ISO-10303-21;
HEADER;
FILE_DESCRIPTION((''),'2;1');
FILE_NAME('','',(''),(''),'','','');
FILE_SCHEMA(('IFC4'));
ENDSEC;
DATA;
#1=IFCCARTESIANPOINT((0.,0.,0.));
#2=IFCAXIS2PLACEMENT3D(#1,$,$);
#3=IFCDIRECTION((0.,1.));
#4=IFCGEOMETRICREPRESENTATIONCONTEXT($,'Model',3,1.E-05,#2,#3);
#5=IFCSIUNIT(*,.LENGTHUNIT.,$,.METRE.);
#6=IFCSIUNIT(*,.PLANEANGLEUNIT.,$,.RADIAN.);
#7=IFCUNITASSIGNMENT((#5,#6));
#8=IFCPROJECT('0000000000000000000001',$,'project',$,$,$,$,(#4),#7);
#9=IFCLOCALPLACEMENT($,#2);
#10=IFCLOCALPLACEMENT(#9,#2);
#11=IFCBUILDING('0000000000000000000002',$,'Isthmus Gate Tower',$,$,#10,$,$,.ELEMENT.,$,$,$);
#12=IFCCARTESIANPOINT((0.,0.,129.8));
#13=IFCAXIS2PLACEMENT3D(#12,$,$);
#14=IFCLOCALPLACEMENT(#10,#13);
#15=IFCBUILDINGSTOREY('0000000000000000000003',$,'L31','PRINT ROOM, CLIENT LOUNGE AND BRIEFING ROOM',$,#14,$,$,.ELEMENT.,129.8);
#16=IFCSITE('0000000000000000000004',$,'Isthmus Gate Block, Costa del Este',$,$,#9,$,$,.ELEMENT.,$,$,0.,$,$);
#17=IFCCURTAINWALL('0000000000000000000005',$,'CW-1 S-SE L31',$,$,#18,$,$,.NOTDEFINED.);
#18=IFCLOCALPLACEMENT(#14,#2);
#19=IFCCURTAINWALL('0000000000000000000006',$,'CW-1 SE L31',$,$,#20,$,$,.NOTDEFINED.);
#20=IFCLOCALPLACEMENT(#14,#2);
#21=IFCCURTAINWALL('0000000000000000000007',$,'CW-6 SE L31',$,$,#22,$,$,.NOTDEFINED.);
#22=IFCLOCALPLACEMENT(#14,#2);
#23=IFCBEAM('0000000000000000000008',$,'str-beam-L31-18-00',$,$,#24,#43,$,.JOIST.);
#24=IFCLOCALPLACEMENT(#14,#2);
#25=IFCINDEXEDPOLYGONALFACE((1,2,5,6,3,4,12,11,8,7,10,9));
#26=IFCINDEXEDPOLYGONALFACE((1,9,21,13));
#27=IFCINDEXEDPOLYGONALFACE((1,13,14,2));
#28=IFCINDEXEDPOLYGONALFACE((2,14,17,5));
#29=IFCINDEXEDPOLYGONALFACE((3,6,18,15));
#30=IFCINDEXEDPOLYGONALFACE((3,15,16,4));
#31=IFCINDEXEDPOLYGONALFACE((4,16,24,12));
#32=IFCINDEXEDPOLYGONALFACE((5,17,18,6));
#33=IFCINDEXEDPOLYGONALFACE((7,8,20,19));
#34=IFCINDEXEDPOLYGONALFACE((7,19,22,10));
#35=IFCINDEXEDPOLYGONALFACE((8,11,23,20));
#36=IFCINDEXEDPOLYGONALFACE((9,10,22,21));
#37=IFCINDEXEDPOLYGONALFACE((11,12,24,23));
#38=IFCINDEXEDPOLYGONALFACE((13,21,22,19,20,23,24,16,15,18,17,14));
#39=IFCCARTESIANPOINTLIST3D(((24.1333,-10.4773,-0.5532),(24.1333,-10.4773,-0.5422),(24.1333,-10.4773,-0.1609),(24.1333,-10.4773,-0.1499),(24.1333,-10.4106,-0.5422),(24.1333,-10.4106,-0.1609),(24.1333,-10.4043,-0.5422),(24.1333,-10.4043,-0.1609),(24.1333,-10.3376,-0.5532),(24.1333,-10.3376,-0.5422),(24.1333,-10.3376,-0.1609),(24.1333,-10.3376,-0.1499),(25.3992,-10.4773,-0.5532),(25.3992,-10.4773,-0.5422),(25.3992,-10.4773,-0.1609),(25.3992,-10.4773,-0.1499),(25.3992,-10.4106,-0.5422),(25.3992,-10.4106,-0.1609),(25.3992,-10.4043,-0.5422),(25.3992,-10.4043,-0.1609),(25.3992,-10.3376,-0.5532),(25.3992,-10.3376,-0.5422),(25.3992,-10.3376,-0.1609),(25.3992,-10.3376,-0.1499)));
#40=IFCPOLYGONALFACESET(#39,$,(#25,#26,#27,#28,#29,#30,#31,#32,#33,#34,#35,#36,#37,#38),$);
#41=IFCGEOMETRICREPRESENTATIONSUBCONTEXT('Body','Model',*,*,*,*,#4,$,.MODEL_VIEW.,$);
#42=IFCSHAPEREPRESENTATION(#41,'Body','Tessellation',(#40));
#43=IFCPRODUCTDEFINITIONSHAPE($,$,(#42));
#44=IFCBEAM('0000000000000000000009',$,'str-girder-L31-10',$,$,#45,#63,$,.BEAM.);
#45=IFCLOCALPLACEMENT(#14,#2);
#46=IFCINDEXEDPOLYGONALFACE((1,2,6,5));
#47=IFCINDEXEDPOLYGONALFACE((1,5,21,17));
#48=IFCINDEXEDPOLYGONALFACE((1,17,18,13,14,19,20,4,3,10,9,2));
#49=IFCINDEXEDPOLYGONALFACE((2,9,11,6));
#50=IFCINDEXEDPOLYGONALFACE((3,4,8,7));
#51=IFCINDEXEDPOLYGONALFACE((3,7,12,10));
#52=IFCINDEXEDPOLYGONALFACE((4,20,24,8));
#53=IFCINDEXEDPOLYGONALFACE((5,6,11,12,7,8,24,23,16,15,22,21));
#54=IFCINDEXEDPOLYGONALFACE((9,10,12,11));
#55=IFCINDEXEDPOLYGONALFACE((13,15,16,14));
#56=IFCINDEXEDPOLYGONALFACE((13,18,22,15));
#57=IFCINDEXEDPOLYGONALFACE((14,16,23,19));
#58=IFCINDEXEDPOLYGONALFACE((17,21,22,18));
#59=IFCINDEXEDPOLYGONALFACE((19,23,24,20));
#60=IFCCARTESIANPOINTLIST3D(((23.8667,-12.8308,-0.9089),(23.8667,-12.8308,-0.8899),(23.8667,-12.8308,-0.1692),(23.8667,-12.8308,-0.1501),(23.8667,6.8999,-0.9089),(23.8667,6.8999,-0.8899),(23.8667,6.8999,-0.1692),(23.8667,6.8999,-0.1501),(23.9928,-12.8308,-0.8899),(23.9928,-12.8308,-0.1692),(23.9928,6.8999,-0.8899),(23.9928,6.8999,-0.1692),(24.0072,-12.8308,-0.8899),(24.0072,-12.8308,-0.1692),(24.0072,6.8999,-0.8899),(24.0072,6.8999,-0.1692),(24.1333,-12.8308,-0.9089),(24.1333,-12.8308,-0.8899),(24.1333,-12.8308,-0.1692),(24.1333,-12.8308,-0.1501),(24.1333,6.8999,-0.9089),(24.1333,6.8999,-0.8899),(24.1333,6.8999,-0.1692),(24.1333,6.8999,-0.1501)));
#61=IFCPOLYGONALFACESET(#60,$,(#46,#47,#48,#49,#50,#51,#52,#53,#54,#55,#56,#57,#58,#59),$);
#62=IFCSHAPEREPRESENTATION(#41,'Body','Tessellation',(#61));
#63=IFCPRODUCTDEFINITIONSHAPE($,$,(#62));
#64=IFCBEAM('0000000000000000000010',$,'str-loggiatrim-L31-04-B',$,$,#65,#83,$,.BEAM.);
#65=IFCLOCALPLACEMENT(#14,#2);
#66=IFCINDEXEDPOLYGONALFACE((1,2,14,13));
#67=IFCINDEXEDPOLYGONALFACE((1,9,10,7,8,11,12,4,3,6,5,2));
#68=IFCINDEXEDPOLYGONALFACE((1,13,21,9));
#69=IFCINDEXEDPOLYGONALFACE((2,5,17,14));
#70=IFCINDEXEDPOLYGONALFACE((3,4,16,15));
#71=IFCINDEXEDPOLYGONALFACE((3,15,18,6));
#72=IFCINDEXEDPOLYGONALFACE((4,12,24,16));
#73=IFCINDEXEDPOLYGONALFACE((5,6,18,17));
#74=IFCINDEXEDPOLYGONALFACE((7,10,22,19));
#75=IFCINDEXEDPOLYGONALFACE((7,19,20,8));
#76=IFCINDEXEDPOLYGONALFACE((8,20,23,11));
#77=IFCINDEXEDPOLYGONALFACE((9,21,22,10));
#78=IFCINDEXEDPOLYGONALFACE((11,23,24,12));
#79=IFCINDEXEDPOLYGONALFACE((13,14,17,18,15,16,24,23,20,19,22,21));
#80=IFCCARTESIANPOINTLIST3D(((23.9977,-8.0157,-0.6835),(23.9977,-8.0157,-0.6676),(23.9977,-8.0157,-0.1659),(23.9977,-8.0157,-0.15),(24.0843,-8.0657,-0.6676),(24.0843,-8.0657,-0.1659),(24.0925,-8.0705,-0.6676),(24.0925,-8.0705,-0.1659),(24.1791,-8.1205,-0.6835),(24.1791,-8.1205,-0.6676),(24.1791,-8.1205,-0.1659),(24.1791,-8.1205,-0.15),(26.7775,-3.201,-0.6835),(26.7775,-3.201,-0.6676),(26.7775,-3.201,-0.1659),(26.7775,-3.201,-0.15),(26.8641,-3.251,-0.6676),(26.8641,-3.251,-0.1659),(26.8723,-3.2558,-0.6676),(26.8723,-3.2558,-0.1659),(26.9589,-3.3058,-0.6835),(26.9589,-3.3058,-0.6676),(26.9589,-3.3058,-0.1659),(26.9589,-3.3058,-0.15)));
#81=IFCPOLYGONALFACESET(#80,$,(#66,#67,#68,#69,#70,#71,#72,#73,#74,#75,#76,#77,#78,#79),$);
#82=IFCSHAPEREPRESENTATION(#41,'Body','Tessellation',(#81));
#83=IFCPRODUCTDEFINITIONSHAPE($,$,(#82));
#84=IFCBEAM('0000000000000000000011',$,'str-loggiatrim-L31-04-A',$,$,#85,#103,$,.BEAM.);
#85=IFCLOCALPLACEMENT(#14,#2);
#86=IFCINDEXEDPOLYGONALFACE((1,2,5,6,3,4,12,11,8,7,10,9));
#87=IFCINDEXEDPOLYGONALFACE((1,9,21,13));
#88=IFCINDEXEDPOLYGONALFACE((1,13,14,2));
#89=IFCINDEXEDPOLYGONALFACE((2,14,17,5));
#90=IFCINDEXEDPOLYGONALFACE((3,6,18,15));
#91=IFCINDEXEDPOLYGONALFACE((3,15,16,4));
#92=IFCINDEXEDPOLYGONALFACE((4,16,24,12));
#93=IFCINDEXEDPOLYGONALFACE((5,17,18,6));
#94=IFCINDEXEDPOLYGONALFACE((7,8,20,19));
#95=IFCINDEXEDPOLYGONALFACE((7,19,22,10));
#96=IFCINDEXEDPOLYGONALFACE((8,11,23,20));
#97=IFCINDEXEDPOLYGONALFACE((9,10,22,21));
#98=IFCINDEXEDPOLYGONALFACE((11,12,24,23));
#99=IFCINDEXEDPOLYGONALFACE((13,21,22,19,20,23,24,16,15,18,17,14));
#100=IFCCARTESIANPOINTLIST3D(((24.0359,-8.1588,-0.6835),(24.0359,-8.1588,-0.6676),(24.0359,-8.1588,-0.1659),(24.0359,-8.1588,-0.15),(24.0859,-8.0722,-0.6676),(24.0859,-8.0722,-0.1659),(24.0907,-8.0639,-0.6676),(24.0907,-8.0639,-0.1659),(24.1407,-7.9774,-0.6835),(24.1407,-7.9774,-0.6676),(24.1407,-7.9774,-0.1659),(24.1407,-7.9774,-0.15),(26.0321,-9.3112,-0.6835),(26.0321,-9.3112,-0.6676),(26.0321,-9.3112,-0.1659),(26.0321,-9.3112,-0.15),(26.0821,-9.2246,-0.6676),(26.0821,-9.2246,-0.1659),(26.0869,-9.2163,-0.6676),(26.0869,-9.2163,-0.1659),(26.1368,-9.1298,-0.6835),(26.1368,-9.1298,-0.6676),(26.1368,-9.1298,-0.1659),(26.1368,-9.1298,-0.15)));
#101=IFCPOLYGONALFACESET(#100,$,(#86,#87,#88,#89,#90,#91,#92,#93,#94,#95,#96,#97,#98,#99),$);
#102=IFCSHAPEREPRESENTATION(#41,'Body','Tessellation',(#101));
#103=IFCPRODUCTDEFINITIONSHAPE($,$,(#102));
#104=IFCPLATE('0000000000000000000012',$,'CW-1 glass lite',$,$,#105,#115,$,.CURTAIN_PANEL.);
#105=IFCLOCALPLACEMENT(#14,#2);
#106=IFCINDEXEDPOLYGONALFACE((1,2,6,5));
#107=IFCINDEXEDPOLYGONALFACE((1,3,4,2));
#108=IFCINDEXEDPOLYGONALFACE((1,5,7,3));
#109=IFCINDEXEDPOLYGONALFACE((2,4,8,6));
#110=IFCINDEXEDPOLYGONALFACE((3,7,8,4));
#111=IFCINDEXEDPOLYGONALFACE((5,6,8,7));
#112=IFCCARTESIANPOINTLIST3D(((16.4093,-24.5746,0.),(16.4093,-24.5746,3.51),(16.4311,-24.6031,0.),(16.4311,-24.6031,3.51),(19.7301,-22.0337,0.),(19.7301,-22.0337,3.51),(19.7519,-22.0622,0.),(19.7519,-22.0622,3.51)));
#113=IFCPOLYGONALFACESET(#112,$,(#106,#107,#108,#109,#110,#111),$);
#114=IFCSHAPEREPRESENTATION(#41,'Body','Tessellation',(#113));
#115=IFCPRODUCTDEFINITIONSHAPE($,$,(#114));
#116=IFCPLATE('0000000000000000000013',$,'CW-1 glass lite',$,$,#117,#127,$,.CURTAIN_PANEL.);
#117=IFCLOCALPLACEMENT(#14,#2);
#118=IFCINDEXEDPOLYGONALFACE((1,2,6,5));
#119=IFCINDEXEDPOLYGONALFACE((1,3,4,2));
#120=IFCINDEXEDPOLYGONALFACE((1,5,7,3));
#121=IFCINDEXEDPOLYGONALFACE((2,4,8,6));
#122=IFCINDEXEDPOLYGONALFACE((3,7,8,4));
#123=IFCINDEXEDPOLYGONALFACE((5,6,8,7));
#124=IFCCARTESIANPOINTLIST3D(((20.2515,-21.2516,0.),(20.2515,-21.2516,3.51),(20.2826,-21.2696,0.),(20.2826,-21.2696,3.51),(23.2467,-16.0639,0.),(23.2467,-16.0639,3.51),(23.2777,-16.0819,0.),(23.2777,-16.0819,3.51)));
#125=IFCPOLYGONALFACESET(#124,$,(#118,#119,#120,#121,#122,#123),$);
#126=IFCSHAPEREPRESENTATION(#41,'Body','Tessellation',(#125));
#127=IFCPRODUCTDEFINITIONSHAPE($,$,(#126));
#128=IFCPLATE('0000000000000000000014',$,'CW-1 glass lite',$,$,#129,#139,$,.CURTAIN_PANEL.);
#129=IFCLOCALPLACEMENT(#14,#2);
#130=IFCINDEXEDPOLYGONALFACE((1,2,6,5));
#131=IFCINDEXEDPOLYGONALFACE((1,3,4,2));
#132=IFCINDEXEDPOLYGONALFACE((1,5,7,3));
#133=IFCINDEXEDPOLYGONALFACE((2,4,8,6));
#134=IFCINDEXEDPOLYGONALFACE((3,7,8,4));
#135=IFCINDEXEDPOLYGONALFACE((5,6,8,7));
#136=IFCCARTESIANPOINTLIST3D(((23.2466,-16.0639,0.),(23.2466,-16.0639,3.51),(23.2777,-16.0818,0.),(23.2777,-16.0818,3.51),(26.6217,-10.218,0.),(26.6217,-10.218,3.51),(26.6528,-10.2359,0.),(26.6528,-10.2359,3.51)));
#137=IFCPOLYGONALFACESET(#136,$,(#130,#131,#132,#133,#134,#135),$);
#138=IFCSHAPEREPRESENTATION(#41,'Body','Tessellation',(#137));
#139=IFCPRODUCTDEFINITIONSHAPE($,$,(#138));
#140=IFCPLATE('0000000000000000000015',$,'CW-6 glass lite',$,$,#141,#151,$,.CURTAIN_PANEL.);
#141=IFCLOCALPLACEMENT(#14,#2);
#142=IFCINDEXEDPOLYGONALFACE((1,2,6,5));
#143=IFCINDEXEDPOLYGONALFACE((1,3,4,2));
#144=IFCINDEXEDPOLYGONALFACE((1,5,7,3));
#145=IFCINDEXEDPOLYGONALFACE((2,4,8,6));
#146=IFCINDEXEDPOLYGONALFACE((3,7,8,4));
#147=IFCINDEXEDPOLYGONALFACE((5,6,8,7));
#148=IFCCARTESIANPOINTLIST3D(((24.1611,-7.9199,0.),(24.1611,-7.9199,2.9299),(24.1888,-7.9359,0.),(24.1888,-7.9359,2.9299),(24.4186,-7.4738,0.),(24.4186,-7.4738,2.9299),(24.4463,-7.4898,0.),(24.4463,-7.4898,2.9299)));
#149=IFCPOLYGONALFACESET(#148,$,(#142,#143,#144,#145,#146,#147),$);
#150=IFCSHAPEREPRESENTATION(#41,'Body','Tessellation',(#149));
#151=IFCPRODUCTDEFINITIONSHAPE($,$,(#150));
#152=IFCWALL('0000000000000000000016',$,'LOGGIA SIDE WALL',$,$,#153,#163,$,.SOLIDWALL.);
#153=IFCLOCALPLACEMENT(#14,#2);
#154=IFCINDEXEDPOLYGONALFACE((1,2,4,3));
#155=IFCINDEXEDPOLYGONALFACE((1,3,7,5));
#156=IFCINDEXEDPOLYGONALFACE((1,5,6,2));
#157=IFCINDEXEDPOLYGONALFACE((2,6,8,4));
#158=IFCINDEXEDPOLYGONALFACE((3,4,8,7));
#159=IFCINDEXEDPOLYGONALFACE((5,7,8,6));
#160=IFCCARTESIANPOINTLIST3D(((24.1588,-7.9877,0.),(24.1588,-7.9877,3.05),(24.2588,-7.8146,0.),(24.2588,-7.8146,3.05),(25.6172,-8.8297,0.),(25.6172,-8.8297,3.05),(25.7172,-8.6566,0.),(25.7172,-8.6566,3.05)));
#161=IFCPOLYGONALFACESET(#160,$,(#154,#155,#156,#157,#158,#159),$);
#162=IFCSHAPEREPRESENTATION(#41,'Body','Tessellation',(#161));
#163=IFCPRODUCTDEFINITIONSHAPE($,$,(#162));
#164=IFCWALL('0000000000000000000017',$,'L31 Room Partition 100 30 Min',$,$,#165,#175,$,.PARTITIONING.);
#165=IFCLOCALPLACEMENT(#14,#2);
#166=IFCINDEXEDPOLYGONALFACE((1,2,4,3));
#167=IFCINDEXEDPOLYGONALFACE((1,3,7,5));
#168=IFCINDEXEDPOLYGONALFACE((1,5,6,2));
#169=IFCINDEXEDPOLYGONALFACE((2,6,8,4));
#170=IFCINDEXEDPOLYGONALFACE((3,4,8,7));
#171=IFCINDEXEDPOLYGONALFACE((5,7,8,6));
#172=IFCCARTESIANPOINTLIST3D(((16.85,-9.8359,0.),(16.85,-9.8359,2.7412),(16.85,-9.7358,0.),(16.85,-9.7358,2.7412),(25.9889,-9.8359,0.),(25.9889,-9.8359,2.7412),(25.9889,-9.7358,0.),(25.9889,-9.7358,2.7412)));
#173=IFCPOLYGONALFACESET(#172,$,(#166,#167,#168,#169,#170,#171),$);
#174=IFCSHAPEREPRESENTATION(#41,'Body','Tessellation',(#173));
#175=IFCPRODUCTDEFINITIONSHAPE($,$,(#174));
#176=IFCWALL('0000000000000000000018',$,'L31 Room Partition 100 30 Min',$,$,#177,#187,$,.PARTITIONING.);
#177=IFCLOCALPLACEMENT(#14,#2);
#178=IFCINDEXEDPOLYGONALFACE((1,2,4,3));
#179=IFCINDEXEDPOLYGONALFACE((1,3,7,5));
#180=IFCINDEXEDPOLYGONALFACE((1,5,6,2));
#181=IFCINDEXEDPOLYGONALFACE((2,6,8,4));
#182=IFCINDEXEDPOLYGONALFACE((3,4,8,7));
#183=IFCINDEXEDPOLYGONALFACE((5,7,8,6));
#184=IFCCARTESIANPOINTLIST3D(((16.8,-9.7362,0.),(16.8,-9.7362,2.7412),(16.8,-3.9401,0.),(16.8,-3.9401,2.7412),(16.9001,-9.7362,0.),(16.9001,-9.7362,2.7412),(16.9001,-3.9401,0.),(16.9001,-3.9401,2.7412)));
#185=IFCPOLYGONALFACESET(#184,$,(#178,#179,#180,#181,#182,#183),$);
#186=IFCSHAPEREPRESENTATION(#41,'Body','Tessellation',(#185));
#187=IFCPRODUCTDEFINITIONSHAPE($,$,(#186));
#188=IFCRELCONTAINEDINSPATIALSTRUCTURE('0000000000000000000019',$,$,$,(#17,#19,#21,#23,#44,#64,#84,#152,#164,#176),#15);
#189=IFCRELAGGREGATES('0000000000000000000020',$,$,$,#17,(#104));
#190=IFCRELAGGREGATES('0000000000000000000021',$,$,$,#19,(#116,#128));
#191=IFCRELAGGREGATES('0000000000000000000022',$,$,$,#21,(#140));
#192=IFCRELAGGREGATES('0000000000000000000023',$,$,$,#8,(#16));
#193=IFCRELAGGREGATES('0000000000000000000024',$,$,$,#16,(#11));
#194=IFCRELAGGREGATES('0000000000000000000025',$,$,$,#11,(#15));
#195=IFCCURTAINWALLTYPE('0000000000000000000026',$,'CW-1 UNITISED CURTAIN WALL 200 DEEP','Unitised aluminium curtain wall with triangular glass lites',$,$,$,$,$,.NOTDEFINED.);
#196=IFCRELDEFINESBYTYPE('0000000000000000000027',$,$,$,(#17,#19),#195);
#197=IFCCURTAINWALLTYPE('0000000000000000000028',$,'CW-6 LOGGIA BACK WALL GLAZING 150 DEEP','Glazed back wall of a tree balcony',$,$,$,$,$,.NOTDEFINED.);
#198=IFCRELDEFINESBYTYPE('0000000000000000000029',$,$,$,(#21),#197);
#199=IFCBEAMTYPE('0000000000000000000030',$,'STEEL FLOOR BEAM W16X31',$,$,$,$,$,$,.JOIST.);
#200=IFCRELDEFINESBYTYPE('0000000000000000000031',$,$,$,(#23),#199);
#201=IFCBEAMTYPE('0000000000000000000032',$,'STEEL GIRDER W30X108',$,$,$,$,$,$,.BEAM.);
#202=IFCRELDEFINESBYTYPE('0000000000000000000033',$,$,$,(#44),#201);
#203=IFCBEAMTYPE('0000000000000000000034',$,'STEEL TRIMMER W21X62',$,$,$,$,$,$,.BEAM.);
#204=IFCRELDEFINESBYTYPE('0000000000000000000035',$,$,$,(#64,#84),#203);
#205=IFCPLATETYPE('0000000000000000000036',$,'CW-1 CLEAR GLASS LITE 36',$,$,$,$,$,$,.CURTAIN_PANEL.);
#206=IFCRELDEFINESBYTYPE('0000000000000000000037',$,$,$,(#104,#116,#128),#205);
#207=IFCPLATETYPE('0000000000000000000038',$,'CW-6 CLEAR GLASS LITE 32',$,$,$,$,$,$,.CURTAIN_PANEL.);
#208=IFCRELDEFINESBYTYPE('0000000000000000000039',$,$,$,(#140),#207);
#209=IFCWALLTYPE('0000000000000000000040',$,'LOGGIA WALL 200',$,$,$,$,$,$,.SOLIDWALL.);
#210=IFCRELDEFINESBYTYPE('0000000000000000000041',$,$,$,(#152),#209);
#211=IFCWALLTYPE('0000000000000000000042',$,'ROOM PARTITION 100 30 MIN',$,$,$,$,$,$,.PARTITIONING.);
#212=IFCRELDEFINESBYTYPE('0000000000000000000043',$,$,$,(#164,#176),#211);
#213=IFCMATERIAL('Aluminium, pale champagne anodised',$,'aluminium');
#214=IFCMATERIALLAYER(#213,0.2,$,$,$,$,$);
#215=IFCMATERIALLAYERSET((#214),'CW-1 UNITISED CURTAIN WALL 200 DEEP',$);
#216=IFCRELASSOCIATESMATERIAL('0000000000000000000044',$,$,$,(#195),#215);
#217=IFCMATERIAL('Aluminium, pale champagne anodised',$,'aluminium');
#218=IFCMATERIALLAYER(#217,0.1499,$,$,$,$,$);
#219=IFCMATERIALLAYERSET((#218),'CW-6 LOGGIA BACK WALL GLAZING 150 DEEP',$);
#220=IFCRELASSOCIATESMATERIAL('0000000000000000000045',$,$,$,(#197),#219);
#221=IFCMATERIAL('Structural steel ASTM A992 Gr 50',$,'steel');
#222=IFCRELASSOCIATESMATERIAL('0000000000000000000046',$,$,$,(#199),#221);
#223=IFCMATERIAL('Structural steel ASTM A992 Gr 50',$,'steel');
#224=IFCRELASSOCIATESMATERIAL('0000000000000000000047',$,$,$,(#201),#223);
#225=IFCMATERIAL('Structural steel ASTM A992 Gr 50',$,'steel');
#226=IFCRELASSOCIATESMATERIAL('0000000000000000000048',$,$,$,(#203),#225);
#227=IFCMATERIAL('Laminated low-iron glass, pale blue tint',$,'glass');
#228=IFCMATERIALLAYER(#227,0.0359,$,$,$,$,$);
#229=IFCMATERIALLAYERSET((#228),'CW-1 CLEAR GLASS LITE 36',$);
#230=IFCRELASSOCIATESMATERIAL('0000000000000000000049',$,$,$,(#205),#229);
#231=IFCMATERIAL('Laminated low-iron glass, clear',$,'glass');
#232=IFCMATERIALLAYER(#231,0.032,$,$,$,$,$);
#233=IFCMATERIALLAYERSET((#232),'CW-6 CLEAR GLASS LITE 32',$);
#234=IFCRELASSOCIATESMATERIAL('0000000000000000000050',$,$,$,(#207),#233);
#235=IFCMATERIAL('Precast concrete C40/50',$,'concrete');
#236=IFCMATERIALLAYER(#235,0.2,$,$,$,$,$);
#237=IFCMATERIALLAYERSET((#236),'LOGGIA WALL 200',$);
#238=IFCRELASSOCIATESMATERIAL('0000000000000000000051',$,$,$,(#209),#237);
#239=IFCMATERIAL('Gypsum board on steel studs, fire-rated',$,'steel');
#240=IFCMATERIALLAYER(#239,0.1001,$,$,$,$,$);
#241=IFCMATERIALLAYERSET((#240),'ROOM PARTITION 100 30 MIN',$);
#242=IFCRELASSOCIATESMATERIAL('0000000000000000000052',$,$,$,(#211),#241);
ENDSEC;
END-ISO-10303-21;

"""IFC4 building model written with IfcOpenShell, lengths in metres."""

from ifc_helpers import new_model, si_unit, direction, frame, frame_2d, origin, origin_2d, place, context, subcontext, project, spatial, rectangle, i_section, extrude, material, layer, layer_set, material_profile, profile_set, type_object, element, aggregate, save


model = new_model("IFC4")

# Units and contexts
model_context = context("Model", 3, precision=1e-05, world=origin(), true_north=direction((0.0, 1.0)))
body_context = subcontext(model_context, "Body", "Model", "MODEL_VIEW")
ifc_project = project(units=[si_unit("LENGTHUNIT", "METRE"), si_unit("PLANEANGLEUNIT", "RADIAN")], contexts=[model_context])

# Site, building, storey
site_placement = place(None, origin())
site = spatial("IfcSite", under=ifc_project, at=site_placement, Name="Isthmus Gate Block, Costa del Este", CompositionType="ELEMENT", RefElevation=0.0)
building_placement = place(site_placement, origin())
building = spatial("IfcBuilding", under=site, at=building_placement, Name="Isthmus Gate Tower", CompositionType="ELEMENT")
storey_placement = place(building_placement, frame((0.0, 0.0, 129.8)))
storey = spatial("IfcBuildingStorey", under=building, at=storey_placement, Name="L31", Description="PRINT ROOM, CLIENT LOUNGE AND BRIEFING ROOM", CompositionType="ELEMENT", Elevation=129.8)

# Curtain walls
ifc_material_1 = material(Name="Aluminium, pale champagne anodised", Category="aluminium")
ifc_layer_1 = layer(ifc_material_1, 0.2)
ifc_layer_set_1 = layer_set([ifc_layer_1], Name="CW-1 UNITISED CURTAIN WALL 200 DEEP")
curtain_wall_type_1 = type_object("IfcCurtainWallType", Name="CW-1 UNITISED CURTAIN WALL 200 DEEP", Description="Unitised aluminium curtain wall with triangular glass lites", PredefinedType="NOTDEFINED", material=ifc_layer_set_1)
curtain_wall_1_placement = place(storey_placement, origin())
curtain_wall_1 = element("IfcCurtainWall", 1, at=curtain_wall_1_placement, inside=storey, type_object=curtain_wall_type_1, Name="CW-1 S-SE L31", PredefinedType="NOTDEFINED")
curtain_wall_2_placement = place(storey_placement, origin())
curtain_wall_2 = element("IfcCurtainWall", 2, at=curtain_wall_2_placement, inside=storey, type_object=curtain_wall_type_1, Name="CW-1 SE L31", PredefinedType="NOTDEFINED")

# Curtain wall
ifc_material_2 = material(Name="Aluminium, pale champagne anodised", Category="aluminium")
ifc_layer_2 = layer(ifc_material_2, 0.1499)
ifc_layer_set_2 = layer_set([ifc_layer_2], Name="CW-6 LOGGIA BACK WALL GLAZING 150 DEEP")
curtain_wall_type_2 = type_object("IfcCurtainWallType", Name="CW-6 LOGGIA BACK WALL GLAZING 150 DEEP", Description="Glazed back wall of a tree balcony", PredefinedType="NOTDEFINED", material=ifc_layer_set_2)
curtain_wall_3_placement = place(storey_placement, origin())
curtain_wall_3 = element("IfcCurtainWall", 3, at=curtain_wall_3_placement, inside=storey, type_object=curtain_wall_type_2, Name="CW-6 SE L31", PredefinedType="NOTDEFINED")

# Beams
ifc_material_3 = material(Name="Structural steel ASTM A992 Gr 50", Category="steel")
ifc_material_profile_1 = material_profile(ifc_material_3, i_section(OverallWidth=0.1396, OverallDepth=0.4033, WebThickness=0.0063, FlangeThickness=0.011, at=origin_2d()), Name="W16X31")
ifc_profile_set_1 = profile_set([ifc_material_profile_1], Name="Structural steel ASTM A992 Gr 50")
beam_type_1 = type_object("IfcBeamType", Name="STEEL FLOOR BEAM W16X31", PredefinedType="JOIST", material=ifc_profile_set_1)
beam_1_placement = place(storey_placement, frame((24.1333, -10.4075, -0.3516), z_axis=(1.0, 0.0, 0.0), x_axis=(0.0, 1.0, 0.0)))
element("IfcBeam", 4, at=beam_1_placement, inside=storey, type_object=beam_type_1, Name="str-beam-L31-18-00", PredefinedType="JOIST", context=body_context, shape_type="SweptSolid", body=[
    extrude(i_section(OverallWidth=0.1396, OverallDepth=0.4033, WebThickness=0.0063, FlangeThickness=0.011, at=origin_2d()), origin(), (0.0, 0.0, 1.0), 1.2659),
])
ifc_material_4 = material(Name="Structural steel ASTM A992 Gr 50", Category="steel")
ifc_material_profile_2 = material_profile(ifc_material_4, i_section(OverallWidth=0.2666, OverallDepth=0.7588, WebThickness=0.0144, FlangeThickness=0.019, at=origin_2d()), Name="W30X108")
ifc_profile_set_2 = profile_set([ifc_material_profile_2], Name="Structural steel ASTM A992 Gr 50")
beam_type_2 = type_object("IfcBeamType", Name="STEEL GIRDER W30X108", PredefinedType="BEAM", material=ifc_profile_set_2)
beam_2_placement = place(storey_placement, frame((24.0, -12.8308, -0.5295), z_axis=(0.0, 1.0, 0.0), x_axis=(-1.0, 0.0, 0.0)))
element("IfcBeam", 5, at=beam_2_placement, inside=storey, type_object=beam_type_2, Name="str-girder-L31-10", PredefinedType="BEAM", context=body_context, shape_type="SweptSolid", body=[
    extrude(i_section(OverallWidth=0.2666, OverallDepth=0.7588, WebThickness=0.0144, FlangeThickness=0.019, at=origin_2d()), origin(), (0.0, 0.0, 1.0), 19.7307),
])
ifc_material_5 = material(Name="Structural steel ASTM A992 Gr 50", Category="steel")
ifc_material_profile_3 = material_profile(ifc_material_5, i_section(OverallWidth=0.2095, OverallDepth=0.5334, WebThickness=0.0095, FlangeThickness=0.0159, at=origin_2d()), Name="W21X62")
ifc_profile_set_3 = profile_set([ifc_material_profile_3], Name="Structural steel ASTM A992 Gr 50")
beam_type_3 = type_object("IfcBeamType", Name="STEEL TRIMMER W21X62", PredefinedType="BEAM", material=ifc_profile_set_3)
beam_3_placement = place(storey_placement, frame((24.0884, -8.0681, -0.4167), z_axis=(0.500002, 0.866024, 0.0), x_axis=(-0.866024, 0.500002, 0.0)))
element("IfcBeam", 6, at=beam_3_placement, inside=storey, type_object=beam_type_3, Name="str-loggiatrim-L31-04-B", PredefinedType="BEAM", context=body_context, shape_type="SweptSolid", body=[
    extrude(i_section(OverallWidth=0.2095, OverallDepth=0.5334, WebThickness=0.0095, FlangeThickness=0.0159, at=origin_2d()), origin(), (0.0, 0.0, 1.0), 5.5596),
])
beam_4_placement = place(storey_placement, frame((26.0845, -9.2205, -0.4167), z_axis=(-0.866044, 0.499967, 0.0), x_axis=(-0.499967, -0.866044, 0.0)))
element("IfcBeam", 7, at=beam_4_placement, inside=storey, type_object=beam_type_3, Name="str-loggiatrim-L31-04-A", PredefinedType="BEAM", context=body_context, shape_type="SweptSolid", body=[
    extrude(i_section(OverallWidth=0.2095, OverallDepth=0.5334, WebThickness=0.0095, FlangeThickness=0.0159, at=origin_2d()), origin(), (0.0, 0.0, 1.0), 2.3049),
])

# Plates
ifc_material_6 = material(Name="Laminated low-iron glass, pale blue tint", Category="glass")
ifc_layer_3 = layer(ifc_material_6, 0.0359)
ifc_layer_set_3 = layer_set([ifc_layer_3], Name="CW-1 CLEAR GLASS LITE 36")
plate_type_1 = type_object("IfcPlateType", Name="CW-1 CLEAR GLASS LITE 36", PredefinedType="CURTAIN_PANEL", material=ifc_layer_set_3)
plate_1_placement = place(storey_placement, frame((18.0806, -23.3184, 0.0), z_axis=(0.0, 0.0, 1.0), x_axis=(0.794189, 0.607671, 0.0)))
plate_1 = element("IfcPlate", 8, at=plate_1_placement, type_object=plate_type_1, Name="CW-1 glass lite", PredefinedType="CURTAIN_PANEL", context=body_context, shape_type="SweptSolid", body=[
    extrude(rectangle(XDim=4.1814, YDim=0.0359, at=origin_2d()), origin(), (0.0, 0.0, 1.0), 3.51),
])
aggregate(curtain_wall_1, [plate_1])
plate_2_placement = place(storey_placement, frame((21.7646, -18.6667, 0.0), z_axis=(0.0, 0.0, 1.0), x_axis=(0.5, 0.866025, 0.0)))
plate_2 = element("IfcPlate", 9, at=plate_2_placement, type_object=plate_type_1, Name="CW-1 glass lite", PredefinedType="CURTAIN_PANEL", context=body_context, shape_type="SweptSolid", body=[
    extrude(rectangle(XDim=5.9902, YDim=0.0359, at=origin_2d()), origin(), (0.0, 0.0, 1.0), 3.51),
])
plate_3_placement = place(storey_placement, frame((24.9497, -13.1499, 0.0), z_axis=(0.0, 0.0, 1.0), x_axis=(0.5, 0.866025, 0.0)))
plate_3 = element("IfcPlate", 10, at=plate_3_placement, type_object=plate_type_1, Name="CW-1 glass lite", PredefinedType="CURTAIN_PANEL", context=body_context, shape_type="SweptSolid", body=[
    extrude(rectangle(XDim=6.7502, YDim=0.0359, at=origin_2d()), origin(), (0.0, 0.0, 1.0), 3.51),
])
aggregate(curtain_wall_2, [plate_2, plate_3])
ifc_material_7 = material(Name="Laminated low-iron glass, clear", Category="glass")
ifc_layer_4 = layer(ifc_material_7, 0.032)
ifc_layer_set_4 = layer_set([ifc_layer_4], Name="CW-6 CLEAR GLASS LITE 32")
plate_type_2 = type_object("IfcPlateType", Name="CW-6 CLEAR GLASS LITE 32", PredefinedType="CURTAIN_PANEL", material=ifc_layer_set_4)
plate_4_placement = place(storey_placement, frame((24.3037, -7.7048, 0.0), z_axis=(0.0, 0.0, 1.0), x_axis=(0.5, 0.866025, 0.0)))
plate_4 = element("IfcPlate", 11, at=plate_4_placement, type_object=plate_type_2, Name="CW-6 glass lite", PredefinedType="CURTAIN_PANEL", context=body_context, shape_type="SweptSolid", body=[
    extrude(rectangle(XDim=0.5151, YDim=0.032, at=origin_2d()), origin(), (0.0, 0.0, 1.0), 2.9299),
])
aggregate(curtain_wall_3, [plate_4])

# Walls
ifc_material_8 = material(Name="Precast concrete C40/50", Category="concrete")
ifc_layer_5 = layer(ifc_material_8, 0.2)
ifc_layer_set_5 = layer_set([ifc_layer_5], Name="LOGGIA WALL 200")
wall_type_1 = type_object("IfcWallType", Name="LOGGIA WALL 200", PredefinedType="SOLIDWALL", material=ifc_layer_set_5)
wall_1_placement = place(storey_placement, frame((25.6672, -8.7432, 0.0), z_axis=(0.0, 0.0, 1.0), x_axis=(-0.866031, 0.49999, 0.0)))
element("IfcWall", 12, at=wall_1_placement, inside=storey, type_object=wall_type_1, Name="LOGGIA SIDE WALL", PredefinedType="SOLIDWALL", context=body_context, shape_type="SweptSolid", body=[
    extrude(rectangle(XDim=1.6841, YDim=0.2, at=frame_2d((0.842, 0.0))), origin(), (0.0, 0.0, 1.0), 3.05),
])
ifc_material_9 = material(Name="Gypsum board on steel studs, fire-rated", Category="steel")
ifc_layer_6 = layer(ifc_material_9, 0.1001)
ifc_layer_set_6 = layer_set([ifc_layer_6], Name="ROOM PARTITION 100 30 MIN")
wall_type_2 = type_object("IfcWallType", Name="ROOM PARTITION 100 30 MIN", PredefinedType="PARTITIONING", material=ifc_layer_set_6)
wall_2_placement = place(storey_placement, frame((16.8501, -9.7859, 0.0), z_axis=(0.0, 0.0, 1.0), x_axis=(1.0, 0.0, 0.0)))
element("IfcWall", 13, at=wall_2_placement, inside=storey, type_object=wall_type_2, Name="L31 Room Partition 100 30 Min", PredefinedType="PARTITIONING", context=body_context, shape_type="SweptSolid", body=[
    extrude(rectangle(XDim=9.1389, YDim=0.1001, at=frame_2d((4.5693, 0.0))), origin(), (0.0, 0.0, 1.0), 2.7412),
])
wall_3_placement = place(storey_placement, frame((16.8501, -9.7361, 0.0), z_axis=(0.0, 0.0, 1.0), x_axis=(0.0, 1.0, 0.0)))
element("IfcWall", 14, at=wall_3_placement, inside=storey, type_object=wall_type_2, Name="L31 Room Partition 100 30 Min", PredefinedType="PARTITIONING", context=body_context, shape_type="SweptSolid", body=[
    extrude(rectangle(XDim=5.7961, YDim=0.1001, at=frame_2d((2.8979, 0.0))), origin(), (0.0, 0.0, 1.0), 2.7412),
])

save(model, "model.ifc")
